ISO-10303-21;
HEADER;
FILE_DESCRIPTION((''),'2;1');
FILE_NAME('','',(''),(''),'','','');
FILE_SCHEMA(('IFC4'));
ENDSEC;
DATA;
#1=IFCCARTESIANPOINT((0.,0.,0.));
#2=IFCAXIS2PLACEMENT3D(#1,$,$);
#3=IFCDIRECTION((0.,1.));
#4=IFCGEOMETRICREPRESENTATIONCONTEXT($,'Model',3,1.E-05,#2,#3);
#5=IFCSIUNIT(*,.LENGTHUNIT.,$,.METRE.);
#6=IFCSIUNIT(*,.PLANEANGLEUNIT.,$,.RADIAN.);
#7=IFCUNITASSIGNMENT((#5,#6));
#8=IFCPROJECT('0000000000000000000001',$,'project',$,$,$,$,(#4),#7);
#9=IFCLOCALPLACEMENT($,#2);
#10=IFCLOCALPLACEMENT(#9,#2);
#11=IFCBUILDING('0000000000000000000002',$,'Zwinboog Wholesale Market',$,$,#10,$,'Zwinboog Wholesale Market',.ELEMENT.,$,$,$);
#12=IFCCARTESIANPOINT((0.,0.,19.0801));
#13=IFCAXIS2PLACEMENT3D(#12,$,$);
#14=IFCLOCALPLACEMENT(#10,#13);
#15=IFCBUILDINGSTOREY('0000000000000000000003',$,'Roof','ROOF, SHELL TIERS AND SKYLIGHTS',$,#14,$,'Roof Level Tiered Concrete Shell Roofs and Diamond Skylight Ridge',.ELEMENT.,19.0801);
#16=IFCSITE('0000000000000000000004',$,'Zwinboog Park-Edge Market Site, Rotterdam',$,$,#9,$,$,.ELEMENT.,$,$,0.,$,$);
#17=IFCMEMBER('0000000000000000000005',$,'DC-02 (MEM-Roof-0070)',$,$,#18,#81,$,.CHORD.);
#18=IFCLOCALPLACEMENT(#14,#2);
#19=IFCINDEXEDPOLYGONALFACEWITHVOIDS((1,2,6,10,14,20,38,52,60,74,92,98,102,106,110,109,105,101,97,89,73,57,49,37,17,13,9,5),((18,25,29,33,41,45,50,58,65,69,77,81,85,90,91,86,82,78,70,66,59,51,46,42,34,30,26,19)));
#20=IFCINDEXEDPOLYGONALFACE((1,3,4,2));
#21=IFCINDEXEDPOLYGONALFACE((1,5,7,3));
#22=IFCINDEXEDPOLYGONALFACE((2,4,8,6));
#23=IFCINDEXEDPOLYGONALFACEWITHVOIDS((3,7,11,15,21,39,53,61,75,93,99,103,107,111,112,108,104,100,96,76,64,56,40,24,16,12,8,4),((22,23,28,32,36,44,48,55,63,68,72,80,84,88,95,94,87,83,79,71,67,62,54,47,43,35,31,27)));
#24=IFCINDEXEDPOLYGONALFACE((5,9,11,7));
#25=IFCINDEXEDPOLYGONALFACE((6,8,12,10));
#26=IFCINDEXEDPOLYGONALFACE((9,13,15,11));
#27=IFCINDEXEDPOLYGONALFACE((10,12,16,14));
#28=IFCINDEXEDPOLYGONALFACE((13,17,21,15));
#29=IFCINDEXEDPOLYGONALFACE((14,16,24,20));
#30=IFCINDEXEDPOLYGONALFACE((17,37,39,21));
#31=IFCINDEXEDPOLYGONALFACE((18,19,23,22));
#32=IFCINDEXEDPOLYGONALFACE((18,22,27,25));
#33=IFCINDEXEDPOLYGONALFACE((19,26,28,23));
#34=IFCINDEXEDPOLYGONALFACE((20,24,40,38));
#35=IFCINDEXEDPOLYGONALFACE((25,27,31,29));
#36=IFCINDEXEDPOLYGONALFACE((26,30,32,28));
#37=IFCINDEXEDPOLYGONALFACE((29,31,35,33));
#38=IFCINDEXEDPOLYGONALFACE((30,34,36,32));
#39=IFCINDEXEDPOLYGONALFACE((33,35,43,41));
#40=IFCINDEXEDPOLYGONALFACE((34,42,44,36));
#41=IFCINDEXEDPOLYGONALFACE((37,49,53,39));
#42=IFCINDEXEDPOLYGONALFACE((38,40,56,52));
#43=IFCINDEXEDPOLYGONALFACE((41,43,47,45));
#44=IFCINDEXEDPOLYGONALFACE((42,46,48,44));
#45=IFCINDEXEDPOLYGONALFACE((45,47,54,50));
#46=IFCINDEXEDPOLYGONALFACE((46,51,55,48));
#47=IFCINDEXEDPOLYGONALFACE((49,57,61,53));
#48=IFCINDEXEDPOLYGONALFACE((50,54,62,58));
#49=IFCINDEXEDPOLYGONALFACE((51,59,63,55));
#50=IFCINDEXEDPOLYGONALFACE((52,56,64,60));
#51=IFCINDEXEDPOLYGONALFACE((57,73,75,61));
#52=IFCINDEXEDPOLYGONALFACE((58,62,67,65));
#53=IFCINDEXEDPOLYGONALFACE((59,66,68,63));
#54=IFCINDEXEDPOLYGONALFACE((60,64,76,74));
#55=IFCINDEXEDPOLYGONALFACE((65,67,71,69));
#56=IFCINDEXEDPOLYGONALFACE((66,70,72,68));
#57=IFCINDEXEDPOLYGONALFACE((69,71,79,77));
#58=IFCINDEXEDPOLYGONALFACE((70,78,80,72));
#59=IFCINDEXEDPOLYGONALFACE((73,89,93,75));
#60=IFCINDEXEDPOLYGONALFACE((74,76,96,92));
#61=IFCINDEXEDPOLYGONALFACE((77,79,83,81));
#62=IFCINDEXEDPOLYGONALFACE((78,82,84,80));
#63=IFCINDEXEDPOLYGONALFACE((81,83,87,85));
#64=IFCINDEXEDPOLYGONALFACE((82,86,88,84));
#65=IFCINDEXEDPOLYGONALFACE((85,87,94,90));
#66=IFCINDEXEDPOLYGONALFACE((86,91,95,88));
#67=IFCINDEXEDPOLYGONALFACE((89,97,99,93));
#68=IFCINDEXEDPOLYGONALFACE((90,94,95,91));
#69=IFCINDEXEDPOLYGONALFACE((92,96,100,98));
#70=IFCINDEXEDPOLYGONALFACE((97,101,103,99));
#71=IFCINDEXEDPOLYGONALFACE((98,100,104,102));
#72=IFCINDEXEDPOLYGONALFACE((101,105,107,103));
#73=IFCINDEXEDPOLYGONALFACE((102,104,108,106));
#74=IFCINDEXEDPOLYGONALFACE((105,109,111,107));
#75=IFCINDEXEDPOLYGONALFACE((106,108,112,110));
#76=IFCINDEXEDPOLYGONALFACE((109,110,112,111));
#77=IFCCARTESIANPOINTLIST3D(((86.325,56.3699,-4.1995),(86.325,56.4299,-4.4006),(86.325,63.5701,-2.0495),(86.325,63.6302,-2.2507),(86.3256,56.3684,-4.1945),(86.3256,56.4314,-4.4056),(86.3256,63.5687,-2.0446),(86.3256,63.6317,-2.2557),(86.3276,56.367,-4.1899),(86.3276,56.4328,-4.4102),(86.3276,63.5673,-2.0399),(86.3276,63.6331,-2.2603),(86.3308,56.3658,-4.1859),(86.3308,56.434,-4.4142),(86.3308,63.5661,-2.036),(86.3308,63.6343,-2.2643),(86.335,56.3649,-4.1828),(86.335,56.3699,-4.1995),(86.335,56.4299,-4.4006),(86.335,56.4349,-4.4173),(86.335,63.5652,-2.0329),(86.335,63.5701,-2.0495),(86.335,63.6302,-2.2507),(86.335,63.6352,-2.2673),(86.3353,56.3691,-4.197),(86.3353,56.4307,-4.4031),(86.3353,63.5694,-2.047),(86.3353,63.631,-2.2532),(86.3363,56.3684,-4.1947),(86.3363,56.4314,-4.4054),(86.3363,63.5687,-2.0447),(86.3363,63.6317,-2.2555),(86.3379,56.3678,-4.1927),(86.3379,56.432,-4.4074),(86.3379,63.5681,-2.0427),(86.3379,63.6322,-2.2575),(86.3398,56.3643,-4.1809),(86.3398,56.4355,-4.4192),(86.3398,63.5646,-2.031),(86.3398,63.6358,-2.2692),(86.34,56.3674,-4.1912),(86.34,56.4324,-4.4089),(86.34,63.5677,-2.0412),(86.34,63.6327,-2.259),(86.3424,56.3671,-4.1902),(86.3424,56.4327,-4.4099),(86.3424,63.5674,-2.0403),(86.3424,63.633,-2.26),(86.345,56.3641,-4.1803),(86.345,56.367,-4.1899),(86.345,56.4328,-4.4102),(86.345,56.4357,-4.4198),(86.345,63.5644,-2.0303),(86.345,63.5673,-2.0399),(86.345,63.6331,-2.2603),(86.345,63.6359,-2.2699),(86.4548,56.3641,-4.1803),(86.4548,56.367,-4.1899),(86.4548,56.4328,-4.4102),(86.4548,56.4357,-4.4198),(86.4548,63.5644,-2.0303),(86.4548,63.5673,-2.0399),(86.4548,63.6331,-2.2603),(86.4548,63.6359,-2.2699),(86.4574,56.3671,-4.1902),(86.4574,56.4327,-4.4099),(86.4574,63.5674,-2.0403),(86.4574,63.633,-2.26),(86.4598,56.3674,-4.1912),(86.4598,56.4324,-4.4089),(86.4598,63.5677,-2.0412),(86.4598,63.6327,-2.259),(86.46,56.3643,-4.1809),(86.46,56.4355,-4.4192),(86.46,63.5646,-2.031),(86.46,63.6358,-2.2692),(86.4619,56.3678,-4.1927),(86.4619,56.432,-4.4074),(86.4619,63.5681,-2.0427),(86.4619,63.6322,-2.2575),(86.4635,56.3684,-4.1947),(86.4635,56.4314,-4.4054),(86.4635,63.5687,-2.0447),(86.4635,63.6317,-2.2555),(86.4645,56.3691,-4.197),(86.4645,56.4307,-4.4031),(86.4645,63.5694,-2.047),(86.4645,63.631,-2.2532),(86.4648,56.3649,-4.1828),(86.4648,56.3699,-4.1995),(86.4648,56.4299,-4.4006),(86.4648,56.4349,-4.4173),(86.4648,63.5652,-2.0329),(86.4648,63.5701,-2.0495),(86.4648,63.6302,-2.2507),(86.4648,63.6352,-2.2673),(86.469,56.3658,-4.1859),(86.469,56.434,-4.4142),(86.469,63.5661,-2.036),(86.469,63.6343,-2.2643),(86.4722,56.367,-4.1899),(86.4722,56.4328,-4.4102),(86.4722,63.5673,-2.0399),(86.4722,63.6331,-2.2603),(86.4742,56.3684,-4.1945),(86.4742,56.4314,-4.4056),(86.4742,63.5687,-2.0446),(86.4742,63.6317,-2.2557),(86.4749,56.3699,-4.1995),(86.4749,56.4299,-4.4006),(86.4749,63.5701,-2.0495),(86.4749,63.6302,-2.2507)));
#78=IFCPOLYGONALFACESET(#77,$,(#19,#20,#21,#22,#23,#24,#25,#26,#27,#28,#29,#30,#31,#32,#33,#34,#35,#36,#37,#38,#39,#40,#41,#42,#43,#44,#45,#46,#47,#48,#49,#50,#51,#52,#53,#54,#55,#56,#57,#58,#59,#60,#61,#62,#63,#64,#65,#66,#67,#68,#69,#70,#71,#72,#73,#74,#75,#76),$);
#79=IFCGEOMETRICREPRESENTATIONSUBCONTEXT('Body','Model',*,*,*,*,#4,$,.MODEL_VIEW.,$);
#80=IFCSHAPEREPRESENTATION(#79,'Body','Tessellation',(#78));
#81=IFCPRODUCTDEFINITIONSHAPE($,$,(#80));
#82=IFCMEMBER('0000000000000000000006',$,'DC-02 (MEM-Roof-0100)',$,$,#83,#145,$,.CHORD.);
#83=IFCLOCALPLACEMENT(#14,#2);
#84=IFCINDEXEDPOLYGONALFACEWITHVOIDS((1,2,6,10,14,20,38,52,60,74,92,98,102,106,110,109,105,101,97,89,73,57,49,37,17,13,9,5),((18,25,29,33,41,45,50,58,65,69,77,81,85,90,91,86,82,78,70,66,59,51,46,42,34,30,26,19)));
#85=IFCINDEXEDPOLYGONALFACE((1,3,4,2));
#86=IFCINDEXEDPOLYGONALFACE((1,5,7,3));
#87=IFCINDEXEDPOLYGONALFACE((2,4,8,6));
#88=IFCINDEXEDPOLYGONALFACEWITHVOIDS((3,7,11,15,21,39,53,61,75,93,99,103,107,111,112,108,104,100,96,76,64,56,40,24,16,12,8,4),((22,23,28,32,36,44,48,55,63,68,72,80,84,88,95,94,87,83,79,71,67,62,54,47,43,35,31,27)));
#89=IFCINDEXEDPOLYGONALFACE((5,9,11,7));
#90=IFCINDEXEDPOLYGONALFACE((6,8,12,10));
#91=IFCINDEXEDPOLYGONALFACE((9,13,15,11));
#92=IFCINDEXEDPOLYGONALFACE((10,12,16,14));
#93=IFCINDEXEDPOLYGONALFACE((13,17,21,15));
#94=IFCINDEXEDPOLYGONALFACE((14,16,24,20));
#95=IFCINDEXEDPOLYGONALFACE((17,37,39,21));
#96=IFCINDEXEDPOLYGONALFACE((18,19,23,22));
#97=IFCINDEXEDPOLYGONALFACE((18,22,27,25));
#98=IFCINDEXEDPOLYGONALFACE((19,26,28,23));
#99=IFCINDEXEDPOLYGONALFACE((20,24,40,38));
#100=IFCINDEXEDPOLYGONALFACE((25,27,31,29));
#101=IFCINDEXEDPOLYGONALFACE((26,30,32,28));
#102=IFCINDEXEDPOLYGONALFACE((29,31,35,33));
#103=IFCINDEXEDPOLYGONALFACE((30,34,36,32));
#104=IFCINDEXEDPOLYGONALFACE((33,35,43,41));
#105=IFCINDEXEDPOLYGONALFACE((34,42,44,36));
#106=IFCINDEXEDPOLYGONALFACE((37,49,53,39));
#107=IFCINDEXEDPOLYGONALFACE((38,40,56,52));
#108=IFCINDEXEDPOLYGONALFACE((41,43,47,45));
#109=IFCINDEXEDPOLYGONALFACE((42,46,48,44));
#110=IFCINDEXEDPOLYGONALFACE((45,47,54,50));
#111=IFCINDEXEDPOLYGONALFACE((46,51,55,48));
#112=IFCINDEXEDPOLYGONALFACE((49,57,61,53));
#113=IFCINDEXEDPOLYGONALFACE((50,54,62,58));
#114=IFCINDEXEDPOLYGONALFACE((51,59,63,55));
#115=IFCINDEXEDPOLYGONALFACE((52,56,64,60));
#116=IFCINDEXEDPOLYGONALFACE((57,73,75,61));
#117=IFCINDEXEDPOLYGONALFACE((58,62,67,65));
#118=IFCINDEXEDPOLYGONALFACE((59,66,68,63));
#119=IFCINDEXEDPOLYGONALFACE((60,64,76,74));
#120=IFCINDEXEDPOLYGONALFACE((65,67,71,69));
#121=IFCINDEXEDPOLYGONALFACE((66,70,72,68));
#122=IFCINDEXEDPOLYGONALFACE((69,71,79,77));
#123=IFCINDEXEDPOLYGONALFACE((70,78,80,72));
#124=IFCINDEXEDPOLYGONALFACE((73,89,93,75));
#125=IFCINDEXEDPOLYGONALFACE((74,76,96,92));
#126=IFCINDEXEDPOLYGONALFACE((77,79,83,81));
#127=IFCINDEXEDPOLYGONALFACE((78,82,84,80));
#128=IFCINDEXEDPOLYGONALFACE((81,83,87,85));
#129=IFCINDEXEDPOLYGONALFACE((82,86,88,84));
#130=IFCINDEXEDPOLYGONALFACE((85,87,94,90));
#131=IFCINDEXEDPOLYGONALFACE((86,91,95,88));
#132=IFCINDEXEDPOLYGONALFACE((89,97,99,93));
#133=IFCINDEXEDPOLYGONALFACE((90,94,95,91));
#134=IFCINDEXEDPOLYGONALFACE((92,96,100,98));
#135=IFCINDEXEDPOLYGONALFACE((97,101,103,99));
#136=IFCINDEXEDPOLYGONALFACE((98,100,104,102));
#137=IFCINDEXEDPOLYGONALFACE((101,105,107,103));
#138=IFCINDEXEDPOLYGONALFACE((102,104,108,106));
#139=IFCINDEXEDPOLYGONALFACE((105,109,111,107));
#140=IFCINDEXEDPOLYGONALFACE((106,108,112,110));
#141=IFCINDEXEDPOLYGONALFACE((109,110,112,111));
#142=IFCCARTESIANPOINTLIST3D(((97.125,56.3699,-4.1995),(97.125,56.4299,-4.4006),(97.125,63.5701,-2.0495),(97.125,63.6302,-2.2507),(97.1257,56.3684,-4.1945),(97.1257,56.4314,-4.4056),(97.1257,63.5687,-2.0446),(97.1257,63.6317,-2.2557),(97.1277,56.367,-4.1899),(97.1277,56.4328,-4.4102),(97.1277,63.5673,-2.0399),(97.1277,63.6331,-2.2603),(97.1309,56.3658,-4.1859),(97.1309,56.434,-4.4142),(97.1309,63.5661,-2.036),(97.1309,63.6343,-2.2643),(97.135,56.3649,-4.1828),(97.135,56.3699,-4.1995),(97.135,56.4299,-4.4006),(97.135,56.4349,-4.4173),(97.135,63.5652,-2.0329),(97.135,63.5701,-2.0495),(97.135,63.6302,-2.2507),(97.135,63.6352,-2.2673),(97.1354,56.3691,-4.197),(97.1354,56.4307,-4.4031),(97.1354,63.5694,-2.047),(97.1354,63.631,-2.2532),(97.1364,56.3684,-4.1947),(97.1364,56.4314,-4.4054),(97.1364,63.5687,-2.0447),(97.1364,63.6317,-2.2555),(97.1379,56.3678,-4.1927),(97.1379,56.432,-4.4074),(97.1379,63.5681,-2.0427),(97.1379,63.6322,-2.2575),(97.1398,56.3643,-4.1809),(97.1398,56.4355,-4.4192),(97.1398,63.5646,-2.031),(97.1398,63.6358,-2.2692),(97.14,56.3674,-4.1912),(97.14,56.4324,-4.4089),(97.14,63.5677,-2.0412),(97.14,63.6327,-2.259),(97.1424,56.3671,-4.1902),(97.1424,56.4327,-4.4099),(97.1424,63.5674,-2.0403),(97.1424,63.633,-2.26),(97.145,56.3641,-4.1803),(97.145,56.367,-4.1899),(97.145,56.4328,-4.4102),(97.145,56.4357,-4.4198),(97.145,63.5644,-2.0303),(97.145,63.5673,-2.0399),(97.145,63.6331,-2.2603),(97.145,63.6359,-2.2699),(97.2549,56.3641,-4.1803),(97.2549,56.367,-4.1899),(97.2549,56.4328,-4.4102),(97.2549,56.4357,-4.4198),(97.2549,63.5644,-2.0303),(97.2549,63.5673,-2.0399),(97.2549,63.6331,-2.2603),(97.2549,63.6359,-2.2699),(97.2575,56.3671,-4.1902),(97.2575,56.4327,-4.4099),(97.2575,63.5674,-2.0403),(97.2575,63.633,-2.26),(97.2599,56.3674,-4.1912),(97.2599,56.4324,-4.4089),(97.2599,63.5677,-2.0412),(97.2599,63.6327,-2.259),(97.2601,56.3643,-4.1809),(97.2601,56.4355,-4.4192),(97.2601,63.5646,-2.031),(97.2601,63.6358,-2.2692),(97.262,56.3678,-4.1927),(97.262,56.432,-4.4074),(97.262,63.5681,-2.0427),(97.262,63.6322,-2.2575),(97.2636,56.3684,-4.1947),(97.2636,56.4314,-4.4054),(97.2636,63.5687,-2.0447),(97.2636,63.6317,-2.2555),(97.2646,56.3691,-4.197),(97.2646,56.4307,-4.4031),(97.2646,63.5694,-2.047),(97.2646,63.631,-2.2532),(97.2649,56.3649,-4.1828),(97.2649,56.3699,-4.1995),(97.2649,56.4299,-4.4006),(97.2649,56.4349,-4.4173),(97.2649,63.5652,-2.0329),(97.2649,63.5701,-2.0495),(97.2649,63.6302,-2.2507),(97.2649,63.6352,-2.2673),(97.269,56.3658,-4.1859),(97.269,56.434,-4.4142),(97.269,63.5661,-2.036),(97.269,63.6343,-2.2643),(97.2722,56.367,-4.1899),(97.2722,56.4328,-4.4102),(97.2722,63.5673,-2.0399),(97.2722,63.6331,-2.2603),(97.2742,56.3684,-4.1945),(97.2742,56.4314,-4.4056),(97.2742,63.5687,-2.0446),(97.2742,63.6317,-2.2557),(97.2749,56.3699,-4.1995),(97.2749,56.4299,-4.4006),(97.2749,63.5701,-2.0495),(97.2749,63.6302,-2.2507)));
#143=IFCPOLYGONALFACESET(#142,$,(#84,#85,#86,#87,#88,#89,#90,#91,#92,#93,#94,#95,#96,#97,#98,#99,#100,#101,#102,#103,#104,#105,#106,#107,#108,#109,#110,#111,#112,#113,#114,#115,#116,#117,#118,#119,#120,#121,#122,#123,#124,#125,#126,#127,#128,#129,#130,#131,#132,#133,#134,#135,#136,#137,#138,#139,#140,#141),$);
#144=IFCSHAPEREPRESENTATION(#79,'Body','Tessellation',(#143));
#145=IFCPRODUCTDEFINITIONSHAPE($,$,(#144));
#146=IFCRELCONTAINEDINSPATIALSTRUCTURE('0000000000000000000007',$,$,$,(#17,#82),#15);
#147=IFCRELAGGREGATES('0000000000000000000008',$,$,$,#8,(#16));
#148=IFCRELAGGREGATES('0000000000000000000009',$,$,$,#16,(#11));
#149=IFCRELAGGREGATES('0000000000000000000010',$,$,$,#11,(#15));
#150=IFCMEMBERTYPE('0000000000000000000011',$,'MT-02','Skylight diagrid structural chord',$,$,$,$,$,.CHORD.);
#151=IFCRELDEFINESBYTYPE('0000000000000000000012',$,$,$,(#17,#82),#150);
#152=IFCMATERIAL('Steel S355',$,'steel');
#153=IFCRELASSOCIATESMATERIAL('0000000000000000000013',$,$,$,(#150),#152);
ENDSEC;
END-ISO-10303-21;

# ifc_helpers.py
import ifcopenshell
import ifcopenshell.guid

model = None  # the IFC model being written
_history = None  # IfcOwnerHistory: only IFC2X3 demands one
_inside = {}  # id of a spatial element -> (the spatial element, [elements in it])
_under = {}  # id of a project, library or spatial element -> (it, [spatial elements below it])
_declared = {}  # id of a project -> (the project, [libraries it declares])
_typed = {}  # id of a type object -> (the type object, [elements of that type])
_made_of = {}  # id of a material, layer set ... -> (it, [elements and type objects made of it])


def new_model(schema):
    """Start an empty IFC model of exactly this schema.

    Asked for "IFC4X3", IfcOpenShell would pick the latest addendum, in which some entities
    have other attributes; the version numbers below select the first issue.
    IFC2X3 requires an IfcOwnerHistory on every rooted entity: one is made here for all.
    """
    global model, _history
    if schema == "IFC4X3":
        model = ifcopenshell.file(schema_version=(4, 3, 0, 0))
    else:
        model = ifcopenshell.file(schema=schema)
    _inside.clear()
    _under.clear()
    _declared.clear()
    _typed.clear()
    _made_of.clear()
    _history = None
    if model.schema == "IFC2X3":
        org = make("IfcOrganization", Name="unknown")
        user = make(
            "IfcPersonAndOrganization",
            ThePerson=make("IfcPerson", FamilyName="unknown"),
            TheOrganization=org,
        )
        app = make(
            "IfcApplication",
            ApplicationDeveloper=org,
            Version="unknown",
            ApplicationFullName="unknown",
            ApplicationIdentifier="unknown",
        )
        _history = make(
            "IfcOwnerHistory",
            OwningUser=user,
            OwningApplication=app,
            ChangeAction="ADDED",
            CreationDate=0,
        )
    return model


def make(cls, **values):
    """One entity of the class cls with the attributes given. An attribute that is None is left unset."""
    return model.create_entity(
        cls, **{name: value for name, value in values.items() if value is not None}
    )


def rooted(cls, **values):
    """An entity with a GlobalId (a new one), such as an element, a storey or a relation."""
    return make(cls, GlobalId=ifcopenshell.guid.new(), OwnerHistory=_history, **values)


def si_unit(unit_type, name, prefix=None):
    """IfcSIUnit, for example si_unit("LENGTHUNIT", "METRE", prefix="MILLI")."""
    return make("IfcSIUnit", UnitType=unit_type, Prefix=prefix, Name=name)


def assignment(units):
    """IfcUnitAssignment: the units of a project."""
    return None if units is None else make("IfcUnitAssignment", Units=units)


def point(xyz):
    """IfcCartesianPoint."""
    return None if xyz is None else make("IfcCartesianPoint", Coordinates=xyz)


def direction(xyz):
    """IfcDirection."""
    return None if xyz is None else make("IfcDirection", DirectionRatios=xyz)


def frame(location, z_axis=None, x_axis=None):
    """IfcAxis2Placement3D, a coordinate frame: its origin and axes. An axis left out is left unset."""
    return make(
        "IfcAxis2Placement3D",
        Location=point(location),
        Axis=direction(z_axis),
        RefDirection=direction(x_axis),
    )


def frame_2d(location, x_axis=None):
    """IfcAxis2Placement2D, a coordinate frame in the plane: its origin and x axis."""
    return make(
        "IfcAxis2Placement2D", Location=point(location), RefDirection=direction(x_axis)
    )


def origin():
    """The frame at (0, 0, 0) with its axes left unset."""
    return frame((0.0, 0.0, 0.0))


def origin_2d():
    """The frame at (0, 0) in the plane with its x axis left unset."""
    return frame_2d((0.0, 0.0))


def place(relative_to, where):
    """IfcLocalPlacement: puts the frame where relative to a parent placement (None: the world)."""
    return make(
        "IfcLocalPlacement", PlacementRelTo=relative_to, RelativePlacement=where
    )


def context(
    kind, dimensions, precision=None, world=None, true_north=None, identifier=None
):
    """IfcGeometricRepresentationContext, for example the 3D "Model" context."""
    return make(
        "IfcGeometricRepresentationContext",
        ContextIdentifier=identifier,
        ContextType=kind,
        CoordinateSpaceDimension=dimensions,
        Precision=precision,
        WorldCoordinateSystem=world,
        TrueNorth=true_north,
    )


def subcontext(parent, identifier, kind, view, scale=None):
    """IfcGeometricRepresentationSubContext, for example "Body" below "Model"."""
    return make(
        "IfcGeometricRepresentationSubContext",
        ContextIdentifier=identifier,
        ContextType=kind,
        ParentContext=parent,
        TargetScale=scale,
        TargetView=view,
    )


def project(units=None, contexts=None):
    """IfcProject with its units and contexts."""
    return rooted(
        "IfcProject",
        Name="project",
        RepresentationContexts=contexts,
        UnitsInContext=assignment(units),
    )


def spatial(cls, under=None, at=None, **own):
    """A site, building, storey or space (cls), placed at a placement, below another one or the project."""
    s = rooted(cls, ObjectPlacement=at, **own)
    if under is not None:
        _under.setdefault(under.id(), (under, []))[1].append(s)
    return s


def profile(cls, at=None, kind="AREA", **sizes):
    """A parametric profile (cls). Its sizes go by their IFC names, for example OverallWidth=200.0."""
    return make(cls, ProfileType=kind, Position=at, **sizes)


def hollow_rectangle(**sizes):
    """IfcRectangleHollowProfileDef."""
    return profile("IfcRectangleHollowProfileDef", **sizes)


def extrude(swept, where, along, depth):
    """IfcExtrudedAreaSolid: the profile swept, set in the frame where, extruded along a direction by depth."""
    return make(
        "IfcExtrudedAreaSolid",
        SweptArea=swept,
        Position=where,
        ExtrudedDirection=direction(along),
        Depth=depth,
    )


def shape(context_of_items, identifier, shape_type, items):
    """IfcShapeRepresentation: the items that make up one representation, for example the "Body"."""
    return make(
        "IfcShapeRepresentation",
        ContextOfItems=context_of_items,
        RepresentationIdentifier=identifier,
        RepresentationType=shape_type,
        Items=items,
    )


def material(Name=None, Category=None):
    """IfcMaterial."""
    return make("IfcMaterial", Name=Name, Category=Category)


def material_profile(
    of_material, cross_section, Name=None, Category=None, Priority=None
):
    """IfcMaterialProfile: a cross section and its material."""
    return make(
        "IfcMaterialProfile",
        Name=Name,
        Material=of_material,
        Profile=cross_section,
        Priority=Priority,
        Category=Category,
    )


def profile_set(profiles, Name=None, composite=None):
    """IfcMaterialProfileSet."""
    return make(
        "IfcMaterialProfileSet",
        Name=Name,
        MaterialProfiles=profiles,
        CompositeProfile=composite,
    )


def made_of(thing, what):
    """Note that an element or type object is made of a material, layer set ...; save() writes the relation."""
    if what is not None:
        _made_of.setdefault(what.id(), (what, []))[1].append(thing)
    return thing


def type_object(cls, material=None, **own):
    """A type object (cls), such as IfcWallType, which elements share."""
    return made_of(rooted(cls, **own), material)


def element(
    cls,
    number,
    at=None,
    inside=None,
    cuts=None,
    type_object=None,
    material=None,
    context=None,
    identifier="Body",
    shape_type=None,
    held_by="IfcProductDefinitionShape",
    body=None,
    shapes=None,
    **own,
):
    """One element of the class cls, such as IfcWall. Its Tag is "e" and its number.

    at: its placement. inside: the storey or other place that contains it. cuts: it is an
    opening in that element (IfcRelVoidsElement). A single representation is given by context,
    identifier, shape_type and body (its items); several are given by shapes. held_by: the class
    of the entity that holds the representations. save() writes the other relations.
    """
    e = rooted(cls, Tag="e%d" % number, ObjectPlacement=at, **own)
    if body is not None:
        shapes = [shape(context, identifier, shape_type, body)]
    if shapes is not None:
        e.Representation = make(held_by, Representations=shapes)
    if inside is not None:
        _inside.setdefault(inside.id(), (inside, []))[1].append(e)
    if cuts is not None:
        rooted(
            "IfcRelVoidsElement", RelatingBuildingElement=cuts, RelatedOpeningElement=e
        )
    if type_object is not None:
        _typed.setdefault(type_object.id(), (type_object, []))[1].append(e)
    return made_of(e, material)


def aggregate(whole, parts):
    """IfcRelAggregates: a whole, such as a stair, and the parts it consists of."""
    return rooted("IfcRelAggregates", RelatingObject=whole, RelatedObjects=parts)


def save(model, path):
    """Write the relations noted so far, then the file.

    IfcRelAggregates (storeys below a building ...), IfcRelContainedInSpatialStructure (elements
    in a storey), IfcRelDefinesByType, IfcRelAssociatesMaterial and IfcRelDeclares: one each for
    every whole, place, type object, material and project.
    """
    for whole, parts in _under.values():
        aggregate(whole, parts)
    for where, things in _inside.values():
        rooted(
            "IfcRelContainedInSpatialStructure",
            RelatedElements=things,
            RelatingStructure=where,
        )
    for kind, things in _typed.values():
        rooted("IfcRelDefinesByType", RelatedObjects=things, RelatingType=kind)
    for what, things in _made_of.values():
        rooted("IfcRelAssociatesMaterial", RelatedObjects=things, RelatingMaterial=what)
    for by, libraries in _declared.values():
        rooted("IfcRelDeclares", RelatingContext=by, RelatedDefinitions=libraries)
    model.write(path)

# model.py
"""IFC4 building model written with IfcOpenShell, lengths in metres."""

from ifc_helpers import new_model, si_unit, direction, frame, origin, origin_2d, place, context, subcontext, project, spatial, hollow_rectangle, extrude, material, material_profile, profile_set, type_object, element, save


model = new_model("IFC4")

# Units and contexts
model_context = context("Model", 3, precision=1e-05, world=origin(), true_north=direction((0.0, 1.0)))
body_context = subcontext(model_context, "Body", "Model", "MODEL_VIEW")
ifc_project = project(units=[si_unit("LENGTHUNIT", "METRE"), si_unit("PLANEANGLEUNIT", "RADIAN")], contexts=[model_context])

# Site, building, storey
site_placement = place(None, origin())
site = spatial("IfcSite", under=ifc_project, at=site_placement, Name="Zwinboog Park-Edge Market Site, Rotterdam", CompositionType="ELEMENT", RefElevation=0.0)
building_placement = place(site_placement, origin())
building = spatial("IfcBuilding", under=site, at=building_placement, Name="Zwinboog Wholesale Market", LongName="Zwinboog Wholesale Market", CompositionType="ELEMENT")
storey_placement = place(building_placement, frame((0.0, 0.0, 19.0801)))
storey = spatial("IfcBuildingStorey", under=building, at=storey_placement, Name="Roof", Description="ROOF, SHELL TIERS AND SKYLIGHTS", LongName="Roof Level Tiered Concrete Shell Roofs and Diamond Skylight Ridge", CompositionType="ELEMENT", Elevation=19.0801)

# Members
ifc_material_1 = material(Name="Steel S355", Category="steel")
ifc_material_profile_1 = material_profile(ifc_material_1, hollow_rectangle(XDim=0.1499, YDim=0.25, WallThickness=0.01, InnerFilletRadius=0.01, OuterFilletRadius=0.02, at=origin_2d()), Name="RHS 250x150x10")
ifc_profile_set_1 = profile_set([ifc_material_profile_1], Name="Steel S355")
member_type_1 = type_object("IfcMemberType", Name="MT-02", Description="Skylight diagrid structural chord", PredefinedType="CHORD", material=ifc_profile_set_1)
for number, where, z_axis, x_axis, name in (
    (1, (86.3999, 56.3999, -4.3), (0.0, 0.958197, 0.286108), (-1.0, 0.0, 0.0), "DC-02 (MEM-Roof-0070)"),
    (2, (97.2, 56.3999, -4.3), (0.0, 0.958197, 0.286108), (-1.0, 0.0, 0.0), "DC-02 (MEM-Roof-0100)"),
):
    element("IfcMember", number, at=place(storey_placement, frame(where, z_axis=z_axis, x_axis=x_axis)), inside=storey, type_object=member_type_1, Name=name, PredefinedType="CHORD", context=body_context, shape_type="SweptSolid", body=[
        extrude(hollow_rectangle(XDim=0.1499, YDim=0.25, WallThickness=0.01, InnerFilletRadius=0.01, OuterFilletRadius=0.02, at=origin_2d()), origin(), (0.0, 0.0, 1.0), 7.5144),
    ])

save(model, "model.ifc")
